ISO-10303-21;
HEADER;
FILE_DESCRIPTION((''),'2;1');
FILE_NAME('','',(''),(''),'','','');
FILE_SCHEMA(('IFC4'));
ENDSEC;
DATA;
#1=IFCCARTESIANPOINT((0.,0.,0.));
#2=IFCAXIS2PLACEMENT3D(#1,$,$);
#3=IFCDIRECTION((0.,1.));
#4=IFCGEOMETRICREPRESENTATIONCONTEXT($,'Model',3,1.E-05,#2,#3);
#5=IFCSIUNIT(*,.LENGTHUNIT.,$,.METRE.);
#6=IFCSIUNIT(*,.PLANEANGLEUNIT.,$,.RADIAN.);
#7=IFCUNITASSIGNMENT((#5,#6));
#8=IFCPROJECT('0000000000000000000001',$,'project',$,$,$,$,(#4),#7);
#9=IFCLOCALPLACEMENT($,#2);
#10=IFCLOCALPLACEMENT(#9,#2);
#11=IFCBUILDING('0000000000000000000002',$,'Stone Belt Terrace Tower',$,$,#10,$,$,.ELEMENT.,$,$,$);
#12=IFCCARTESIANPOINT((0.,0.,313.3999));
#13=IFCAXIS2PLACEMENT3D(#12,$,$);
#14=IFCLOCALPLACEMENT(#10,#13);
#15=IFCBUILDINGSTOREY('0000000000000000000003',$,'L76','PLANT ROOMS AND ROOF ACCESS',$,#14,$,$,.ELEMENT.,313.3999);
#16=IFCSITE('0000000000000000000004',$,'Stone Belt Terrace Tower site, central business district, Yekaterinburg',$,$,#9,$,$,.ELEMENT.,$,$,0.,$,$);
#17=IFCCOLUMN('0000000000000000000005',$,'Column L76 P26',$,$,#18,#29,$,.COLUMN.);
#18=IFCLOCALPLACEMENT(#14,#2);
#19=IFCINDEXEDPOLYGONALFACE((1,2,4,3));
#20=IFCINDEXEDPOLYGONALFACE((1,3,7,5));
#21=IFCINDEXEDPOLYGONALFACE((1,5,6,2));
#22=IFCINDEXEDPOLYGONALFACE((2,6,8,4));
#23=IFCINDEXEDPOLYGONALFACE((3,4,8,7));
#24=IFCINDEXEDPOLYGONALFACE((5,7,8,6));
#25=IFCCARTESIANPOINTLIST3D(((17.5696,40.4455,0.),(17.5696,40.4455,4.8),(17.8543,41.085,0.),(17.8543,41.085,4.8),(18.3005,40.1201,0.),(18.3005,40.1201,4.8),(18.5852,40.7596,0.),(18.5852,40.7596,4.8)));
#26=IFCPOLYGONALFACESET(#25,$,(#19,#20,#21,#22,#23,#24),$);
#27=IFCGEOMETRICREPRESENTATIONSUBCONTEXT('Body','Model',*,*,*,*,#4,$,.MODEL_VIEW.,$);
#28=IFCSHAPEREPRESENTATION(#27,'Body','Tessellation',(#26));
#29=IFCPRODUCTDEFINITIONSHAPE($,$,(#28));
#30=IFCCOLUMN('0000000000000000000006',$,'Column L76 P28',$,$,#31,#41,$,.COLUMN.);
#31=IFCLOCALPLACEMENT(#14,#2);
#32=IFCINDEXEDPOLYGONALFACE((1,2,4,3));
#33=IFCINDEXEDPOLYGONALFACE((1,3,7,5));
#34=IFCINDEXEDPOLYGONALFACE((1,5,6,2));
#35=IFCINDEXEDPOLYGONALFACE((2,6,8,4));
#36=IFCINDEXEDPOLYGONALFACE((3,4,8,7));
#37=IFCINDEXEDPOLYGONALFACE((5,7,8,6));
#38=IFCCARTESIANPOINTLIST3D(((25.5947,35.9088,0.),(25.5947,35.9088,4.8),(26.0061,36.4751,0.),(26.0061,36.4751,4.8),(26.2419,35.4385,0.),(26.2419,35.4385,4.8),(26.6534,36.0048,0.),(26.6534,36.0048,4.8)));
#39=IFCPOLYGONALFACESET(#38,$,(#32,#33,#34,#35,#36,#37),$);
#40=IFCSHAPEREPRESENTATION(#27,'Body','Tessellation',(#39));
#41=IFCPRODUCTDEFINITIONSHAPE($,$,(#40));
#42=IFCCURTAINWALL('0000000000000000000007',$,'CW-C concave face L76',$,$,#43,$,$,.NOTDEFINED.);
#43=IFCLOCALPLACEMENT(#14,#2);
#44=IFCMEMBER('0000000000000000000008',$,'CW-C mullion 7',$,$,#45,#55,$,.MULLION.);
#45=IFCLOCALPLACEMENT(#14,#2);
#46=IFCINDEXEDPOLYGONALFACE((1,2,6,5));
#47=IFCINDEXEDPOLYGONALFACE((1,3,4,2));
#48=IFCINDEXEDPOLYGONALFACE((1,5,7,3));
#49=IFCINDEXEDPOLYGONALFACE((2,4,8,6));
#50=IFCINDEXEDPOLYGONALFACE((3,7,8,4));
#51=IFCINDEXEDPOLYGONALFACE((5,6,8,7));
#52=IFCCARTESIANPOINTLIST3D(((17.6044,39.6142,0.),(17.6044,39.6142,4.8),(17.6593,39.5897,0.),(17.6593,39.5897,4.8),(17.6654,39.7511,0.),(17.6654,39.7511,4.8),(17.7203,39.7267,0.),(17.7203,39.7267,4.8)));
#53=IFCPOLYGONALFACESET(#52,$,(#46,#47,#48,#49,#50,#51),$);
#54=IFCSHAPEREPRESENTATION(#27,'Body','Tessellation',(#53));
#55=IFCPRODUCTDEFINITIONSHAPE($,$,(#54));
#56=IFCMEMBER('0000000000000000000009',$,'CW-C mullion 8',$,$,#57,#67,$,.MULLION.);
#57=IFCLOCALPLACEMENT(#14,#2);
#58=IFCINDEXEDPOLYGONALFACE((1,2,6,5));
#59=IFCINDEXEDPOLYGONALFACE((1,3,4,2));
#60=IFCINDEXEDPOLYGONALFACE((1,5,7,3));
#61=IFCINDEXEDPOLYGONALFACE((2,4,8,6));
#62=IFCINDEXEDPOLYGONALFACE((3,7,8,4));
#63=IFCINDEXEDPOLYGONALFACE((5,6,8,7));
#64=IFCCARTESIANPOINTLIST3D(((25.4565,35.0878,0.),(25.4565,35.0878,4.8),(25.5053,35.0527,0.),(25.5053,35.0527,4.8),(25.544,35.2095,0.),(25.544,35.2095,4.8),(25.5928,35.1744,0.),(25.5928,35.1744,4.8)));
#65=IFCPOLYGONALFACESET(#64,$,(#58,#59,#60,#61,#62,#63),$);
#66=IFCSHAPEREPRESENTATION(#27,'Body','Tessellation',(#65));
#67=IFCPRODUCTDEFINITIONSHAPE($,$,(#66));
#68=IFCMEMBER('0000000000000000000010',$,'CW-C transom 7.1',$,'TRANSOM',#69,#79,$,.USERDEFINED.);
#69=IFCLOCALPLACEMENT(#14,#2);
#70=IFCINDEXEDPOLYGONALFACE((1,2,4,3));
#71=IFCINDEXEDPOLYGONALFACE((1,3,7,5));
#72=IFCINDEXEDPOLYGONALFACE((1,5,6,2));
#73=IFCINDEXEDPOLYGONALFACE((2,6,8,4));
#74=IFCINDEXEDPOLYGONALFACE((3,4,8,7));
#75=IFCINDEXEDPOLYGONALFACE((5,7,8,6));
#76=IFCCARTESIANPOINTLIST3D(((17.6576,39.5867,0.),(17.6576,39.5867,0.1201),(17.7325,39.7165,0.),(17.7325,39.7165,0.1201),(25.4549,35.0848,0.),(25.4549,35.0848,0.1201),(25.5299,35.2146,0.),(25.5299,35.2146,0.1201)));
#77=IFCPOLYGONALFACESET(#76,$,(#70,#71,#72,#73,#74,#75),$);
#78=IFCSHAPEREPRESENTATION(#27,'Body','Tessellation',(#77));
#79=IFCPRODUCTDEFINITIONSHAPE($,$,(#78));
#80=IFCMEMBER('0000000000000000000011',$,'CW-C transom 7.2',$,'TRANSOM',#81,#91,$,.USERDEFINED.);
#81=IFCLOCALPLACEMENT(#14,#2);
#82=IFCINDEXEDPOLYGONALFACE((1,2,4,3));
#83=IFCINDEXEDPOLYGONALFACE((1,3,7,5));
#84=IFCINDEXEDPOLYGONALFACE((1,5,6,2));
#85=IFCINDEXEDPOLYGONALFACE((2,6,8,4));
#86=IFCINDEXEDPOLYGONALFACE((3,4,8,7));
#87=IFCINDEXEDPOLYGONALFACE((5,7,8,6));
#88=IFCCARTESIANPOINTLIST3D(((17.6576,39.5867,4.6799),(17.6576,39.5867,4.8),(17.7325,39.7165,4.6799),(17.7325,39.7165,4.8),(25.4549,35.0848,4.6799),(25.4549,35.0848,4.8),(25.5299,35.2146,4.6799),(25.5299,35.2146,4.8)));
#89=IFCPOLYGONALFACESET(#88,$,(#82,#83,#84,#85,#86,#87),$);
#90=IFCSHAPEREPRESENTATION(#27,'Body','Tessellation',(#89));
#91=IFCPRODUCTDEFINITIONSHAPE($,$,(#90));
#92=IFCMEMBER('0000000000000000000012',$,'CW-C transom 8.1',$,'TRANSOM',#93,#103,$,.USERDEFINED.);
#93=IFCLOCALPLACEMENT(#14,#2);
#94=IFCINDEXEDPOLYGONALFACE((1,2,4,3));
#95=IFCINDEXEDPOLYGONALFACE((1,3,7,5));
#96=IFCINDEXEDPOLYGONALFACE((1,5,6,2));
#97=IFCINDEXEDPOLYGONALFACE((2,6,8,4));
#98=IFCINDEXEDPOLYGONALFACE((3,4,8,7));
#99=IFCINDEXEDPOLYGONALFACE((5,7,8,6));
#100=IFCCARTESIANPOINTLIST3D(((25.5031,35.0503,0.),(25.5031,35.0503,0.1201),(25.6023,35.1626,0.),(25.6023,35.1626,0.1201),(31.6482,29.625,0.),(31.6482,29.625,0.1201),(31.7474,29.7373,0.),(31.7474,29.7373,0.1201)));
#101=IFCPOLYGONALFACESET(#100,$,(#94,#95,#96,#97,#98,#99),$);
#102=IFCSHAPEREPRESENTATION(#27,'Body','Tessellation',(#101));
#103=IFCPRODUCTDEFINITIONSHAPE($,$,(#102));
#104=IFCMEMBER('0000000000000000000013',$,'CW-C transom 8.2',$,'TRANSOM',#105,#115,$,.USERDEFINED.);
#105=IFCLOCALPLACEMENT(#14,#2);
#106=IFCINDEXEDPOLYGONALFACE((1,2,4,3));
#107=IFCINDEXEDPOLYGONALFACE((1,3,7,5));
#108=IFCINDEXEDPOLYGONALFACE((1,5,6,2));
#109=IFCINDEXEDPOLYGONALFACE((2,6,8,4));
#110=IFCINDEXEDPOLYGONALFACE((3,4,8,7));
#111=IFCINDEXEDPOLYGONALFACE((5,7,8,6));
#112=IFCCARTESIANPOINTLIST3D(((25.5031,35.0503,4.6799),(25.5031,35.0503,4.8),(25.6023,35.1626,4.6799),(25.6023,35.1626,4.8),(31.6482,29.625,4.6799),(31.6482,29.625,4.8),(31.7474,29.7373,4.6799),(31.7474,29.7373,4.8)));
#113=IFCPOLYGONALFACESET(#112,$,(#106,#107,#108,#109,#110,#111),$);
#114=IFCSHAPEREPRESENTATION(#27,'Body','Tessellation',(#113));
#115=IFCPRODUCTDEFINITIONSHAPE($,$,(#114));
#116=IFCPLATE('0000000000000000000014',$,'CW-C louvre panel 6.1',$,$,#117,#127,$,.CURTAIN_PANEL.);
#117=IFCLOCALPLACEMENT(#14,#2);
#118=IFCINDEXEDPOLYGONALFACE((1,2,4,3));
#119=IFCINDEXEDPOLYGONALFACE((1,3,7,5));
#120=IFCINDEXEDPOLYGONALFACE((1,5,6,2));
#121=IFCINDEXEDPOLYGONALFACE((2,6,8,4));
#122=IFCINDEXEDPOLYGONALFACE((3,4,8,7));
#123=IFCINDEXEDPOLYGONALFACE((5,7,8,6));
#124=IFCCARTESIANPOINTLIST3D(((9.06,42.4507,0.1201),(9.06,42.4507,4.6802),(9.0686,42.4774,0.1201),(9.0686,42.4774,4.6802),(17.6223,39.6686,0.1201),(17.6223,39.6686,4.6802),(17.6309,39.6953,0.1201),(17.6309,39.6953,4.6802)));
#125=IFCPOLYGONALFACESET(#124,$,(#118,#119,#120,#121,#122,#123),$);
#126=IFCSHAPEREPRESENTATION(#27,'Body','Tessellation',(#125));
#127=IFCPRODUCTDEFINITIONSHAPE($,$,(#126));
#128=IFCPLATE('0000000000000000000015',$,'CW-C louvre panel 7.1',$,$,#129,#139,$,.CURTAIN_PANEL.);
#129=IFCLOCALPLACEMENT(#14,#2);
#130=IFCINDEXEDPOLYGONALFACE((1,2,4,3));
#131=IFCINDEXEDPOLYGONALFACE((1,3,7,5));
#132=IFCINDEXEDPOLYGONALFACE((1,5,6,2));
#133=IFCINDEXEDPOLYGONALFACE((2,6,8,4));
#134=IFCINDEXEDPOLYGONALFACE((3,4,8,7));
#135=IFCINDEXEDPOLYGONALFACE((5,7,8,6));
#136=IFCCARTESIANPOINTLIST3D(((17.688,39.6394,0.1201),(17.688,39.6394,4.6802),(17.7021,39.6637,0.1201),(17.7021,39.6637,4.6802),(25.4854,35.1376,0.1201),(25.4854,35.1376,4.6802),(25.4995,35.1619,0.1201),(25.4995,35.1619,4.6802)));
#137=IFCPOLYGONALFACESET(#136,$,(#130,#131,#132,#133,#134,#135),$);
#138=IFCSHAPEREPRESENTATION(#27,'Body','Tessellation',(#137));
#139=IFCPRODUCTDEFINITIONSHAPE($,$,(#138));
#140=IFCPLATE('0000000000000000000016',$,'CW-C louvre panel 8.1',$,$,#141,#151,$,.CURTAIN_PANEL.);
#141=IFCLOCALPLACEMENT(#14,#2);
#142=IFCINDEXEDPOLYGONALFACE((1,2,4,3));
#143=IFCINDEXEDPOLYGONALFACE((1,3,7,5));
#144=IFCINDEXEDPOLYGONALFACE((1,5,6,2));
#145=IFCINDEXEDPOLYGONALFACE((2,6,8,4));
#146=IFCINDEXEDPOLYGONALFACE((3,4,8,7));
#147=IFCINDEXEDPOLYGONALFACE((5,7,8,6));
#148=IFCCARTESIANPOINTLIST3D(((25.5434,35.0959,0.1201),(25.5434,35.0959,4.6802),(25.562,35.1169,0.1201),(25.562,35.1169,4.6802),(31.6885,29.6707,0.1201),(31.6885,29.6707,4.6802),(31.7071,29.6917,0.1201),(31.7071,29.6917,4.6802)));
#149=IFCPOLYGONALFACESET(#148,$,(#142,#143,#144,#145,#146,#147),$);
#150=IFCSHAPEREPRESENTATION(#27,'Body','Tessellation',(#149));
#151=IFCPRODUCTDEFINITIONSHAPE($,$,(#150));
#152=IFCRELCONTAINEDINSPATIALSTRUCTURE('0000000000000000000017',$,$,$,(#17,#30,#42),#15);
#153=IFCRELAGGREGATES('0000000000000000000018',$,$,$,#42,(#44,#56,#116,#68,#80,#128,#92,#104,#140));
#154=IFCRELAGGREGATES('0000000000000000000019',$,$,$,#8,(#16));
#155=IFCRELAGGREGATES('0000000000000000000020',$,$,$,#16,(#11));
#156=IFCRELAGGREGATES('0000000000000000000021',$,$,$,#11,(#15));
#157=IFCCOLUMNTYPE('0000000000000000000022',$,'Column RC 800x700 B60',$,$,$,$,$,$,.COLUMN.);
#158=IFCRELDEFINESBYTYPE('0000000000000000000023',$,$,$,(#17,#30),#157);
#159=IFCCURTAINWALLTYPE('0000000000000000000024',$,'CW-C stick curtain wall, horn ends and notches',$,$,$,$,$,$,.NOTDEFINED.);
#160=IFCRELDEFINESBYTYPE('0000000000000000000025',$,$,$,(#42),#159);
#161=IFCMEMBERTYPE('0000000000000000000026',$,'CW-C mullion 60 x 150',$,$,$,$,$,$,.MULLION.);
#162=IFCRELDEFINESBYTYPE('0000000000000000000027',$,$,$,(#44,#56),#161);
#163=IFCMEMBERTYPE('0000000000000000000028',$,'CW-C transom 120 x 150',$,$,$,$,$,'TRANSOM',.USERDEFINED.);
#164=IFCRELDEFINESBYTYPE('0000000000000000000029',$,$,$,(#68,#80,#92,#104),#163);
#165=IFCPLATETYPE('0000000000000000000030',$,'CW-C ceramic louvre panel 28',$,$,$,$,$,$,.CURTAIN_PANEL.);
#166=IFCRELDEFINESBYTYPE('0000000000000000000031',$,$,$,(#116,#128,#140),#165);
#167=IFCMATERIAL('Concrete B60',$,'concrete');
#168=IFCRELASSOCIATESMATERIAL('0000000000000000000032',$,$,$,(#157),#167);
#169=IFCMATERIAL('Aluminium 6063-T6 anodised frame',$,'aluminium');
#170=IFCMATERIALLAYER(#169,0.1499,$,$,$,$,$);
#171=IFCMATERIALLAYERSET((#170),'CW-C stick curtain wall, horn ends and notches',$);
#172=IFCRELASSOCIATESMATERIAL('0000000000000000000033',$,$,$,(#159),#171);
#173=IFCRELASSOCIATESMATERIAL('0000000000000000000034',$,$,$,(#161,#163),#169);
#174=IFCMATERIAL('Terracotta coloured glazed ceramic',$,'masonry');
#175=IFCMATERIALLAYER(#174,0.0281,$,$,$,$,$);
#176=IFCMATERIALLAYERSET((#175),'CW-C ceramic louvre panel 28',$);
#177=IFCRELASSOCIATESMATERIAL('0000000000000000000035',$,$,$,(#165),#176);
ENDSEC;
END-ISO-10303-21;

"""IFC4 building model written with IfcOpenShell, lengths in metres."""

from ifc_helpers import new_model, si_unit, direction, frame, origin, origin_2d, place, context, subcontext, project, spatial, rectangle, extrude, material, layer, layer_set, material_profile, profile_set, type_object, element, aggregate, save


model = new_model("IFC4")

# Units and contexts
model_context = context("Model", 3, precision=1e-05, world=origin(), true_north=direction((0.0, 1.0)))
body_context = subcontext(model_context, "Body", "Model", "MODEL_VIEW")
ifc_project = project(units=[si_unit("LENGTHUNIT", "METRE"), si_unit("PLANEANGLEUNIT", "RADIAN")], contexts=[model_context])

# Site, building, storey
site_placement = place(None, origin())
site = spatial("IfcSite", under=ifc_project, at=site_placement, Name="Stone Belt Terrace Tower site, central business district, Yekaterinburg", CompositionType="ELEMENT", RefElevation=0.0)
building_placement = place(site_placement, origin())
building = spatial("IfcBuilding", under=site, at=building_placement, Name="Stone Belt Terrace Tower", CompositionType="ELEMENT")
storey_placement = place(building_placement, frame((0.0, 0.0, 313.3999)))
storey = spatial("IfcBuildingStorey", under=building, at=storey_placement, Name="L76", Description="PLANT ROOMS AND ROOF ACCESS", CompositionType="ELEMENT", Elevation=313.3999)

# Columns
ifc_material_1 = material(Name="Concrete B60", Category="concrete")
ifc_material_profile_1 = material_profile(ifc_material_1, rectangle(XDim=0.8, YDim=0.7, at=origin_2d()), Name="RC 800x700")
ifc_profile_set_1 = profile_set([ifc_material_profile_1], Name="Concrete B60")
column_type = type_object("IfcColumnType", Name="Column RC 800x700 B60", PredefinedType="COLUMN", material=ifc_profile_set_1)
for number, where, z_axis, x_axis, name in (
    (1, (18.0774, 40.6025, 0.0), (0.0, 0.0, 1.0), (0.913545, -0.406737, 0.0), "Column L76 P26"),
    (2, (26.124, 35.9568, 0.0), (0.0, 0.0, 1.0), (0.809017, -0.587785, 0.0), "Column L76 P28"),
):
    element("IfcColumn", number, at=place(storey_placement, frame(where, z_axis=z_axis, x_axis=x_axis)), inside=storey, type_object=column_type, Name=name, PredefinedType="COLUMN", context=body_context, shape_type="SweptSolid", body=[
        extrude(rectangle(XDim=0.8, YDim=0.7, at=origin_2d()), origin(), (0.0, 0.0, 1.0), 4.8),
    ])

# Curtain wall, members, plates
ifc_material_2 = material(Name="Aluminium 6063-T6 anodised frame", Category="aluminium")
ifc_layer_1 = layer(ifc_material_2, 0.1499)
ifc_layer_set_1 = layer_set([ifc_layer_1], Name="CW-C stick curtain wall, horn ends and notches")
curtain_wall_type = type_object("IfcCurtainWallType", Name="CW-C stick curtain wall, horn ends and notches", PredefinedType="NOTDEFINED", material=ifc_layer_set_1)
curtain_wall_placement = place(storey_placement, origin())
curtain_wall = element("IfcCurtainWall", 3, at=curtain_wall_placement, inside=storey, type_object=curtain_wall_type, Name="CW-C concave face L76", PredefinedType="NOTDEFINED")
ifc_material_profile_2 = material_profile(ifc_material_2, rectangle(XDim=0.1499, YDim=0.0601, at=origin_2d()), Name="Aluminium 6063-T6 60x150")
ifc_profile_set_2 = profile_set([ifc_material_profile_2], Name="Aluminium 6063-T6 anodised frame")
member_type_1 = type_object("IfcMemberType", Name="CW-C mullion 60 x 150", PredefinedType="MULLION", material=ifc_profile_set_2)
member_1_placement = place(storey_placement, frame((17.6624, 39.6704, 0.0), z_axis=(0.0, 0.0, 1.0), x_axis=(0.406737, 0.913545, 0.0)))
member_1 = element("IfcMember", 4, at=member_1_placement, type_object=member_type_1, Name="CW-C mullion 7", PredefinedType="MULLION", context=body_context, shape_type="SweptSolid", body=[
    extrude(rectangle(XDim=0.1499, YDim=0.0601, at=origin_2d()), origin(), (0.0, 0.0, 1.0), 4.8),
])
member_2_placement = place(storey_placement, frame((25.5247, 35.1311, 0.0), z_axis=(0.0, 0.0, 1.0), x_axis=(0.583819, 0.811884, 0.0)))
member_2 = element("IfcMember", 5, at=member_2_placement, type_object=member_type_1, Name="CW-C mullion 8", PredefinedType="MULLION", context=body_context, shape_type="SweptSolid", body=[
    extrude(rectangle(XDim=0.1499, YDim=0.0601, at=origin_2d()), origin(), (0.0, 0.0, 1.0), 4.8),
])
ifc_material_profile_3 = material_profile(ifc_material_2, rectangle(XDim=0.1499, YDim=0.1201, at=origin_2d()), Name="Aluminium 6063-T6 150x120")
ifc_profile_set_3 = profile_set([ifc_material_profile_3], Name="Aluminium 6063-T6 anodised frame")
member_type_2 = type_object("IfcMemberType", Name="CW-C transom 120 x 150", ElementType="TRANSOM", PredefinedType="USERDEFINED", material=ifc_profile_set_3)
member_3_placement = place(storey_placement, frame((17.6951, 39.6516, 0.0601), z_axis=(0.866019, -0.500012, 0.0), x_axis=(0.500012, 0.866019, 0.0)))
member_3 = element("IfcMember", 6, at=member_3_placement, type_object=member_type_2, Name="CW-C transom 7.1", ObjectType="TRANSOM", PredefinedType="USERDEFINED", context=body_context, shape_type="SweptSolid", body=[
    extrude(rectangle(XDim=0.1499, YDim=0.1201, at=origin_2d()), origin(), (0.0, 0.0, 1.0), 9.0037),
])
member_4_placement = place(storey_placement, frame((17.6951, 39.6516, 4.74), z_axis=(0.866019, -0.500012, 0.0), x_axis=(0.500012, 0.866019, 0.0)))
member_4 = element("IfcMember", 7, at=member_4_placement, type_object=member_type_2, Name="CW-C transom 7.2", ObjectType="TRANSOM", PredefinedType="USERDEFINED", context=body_context, shape_type="SweptSolid", body=[
    extrude(rectangle(XDim=0.1499, YDim=0.1201, at=origin_2d()), origin(), (0.0, 0.0, 1.0), 9.0037),
])
member_5_placement = place(storey_placement, frame((25.5527, 35.1064, 0.0601), z_axis=(0.749643, -0.661842, 0.0), x_axis=(0.661842, 0.749643, 0.0)))
member_5 = element("IfcMember", 8, at=member_5_placement, type_object=member_type_2, Name="CW-C transom 8.1", ObjectType="TRANSOM", PredefinedType="USERDEFINED", context=body_context, shape_type="SweptSolid", body=[
    extrude(rectangle(XDim=0.1499, YDim=0.1201, at=origin_2d()), origin(), (0.0, 0.0, 1.0), 8.1973),
])
member_6_placement = place(storey_placement, frame((25.5527, 35.1064, 4.74), z_axis=(0.749643, -0.661842, 0.0), x_axis=(0.661842, 0.749643, 0.0)))
member_6 = element("IfcMember", 9, at=member_6_placement, type_object=member_type_2, Name="CW-C transom 8.2", ObjectType="TRANSOM", PredefinedType="USERDEFINED", context=body_context, shape_type="SweptSolid", body=[
    extrude(rectangle(XDim=0.1499, YDim=0.1201, at=origin_2d()), origin(), (0.0, 0.0, 1.0), 8.1973),
])
ifc_material_3 = material(Name="Terracotta coloured glazed ceramic", Category="masonry")
ifc_layer_2 = layer(ifc_material_3, 0.0281)
ifc_layer_set_2 = layer_set([ifc_layer_2], Name="CW-C ceramic louvre panel 28")
plate_type = type_object("IfcPlateType", Name="CW-C ceramic louvre panel 28", PredefinedType="CURTAIN_PANEL", material=ifc_layer_set_2)
plate_1_placement = place(storey_placement, frame((13.3455, 41.073, 0.1201), z_axis=(0.0, 0.0, 1.0), x_axis=(0.951057, -0.309017, 0.0)))
plate_1 = element("IfcPlate", 10, at=plate_1_placement, type_object=plate_type, Name="CW-C louvre panel 6.1", PredefinedType="CURTAIN_PANEL", context=body_context, shape_type="SweptSolid", body=[
    extrude(rectangle(XDim=9.0029, YDim=0.0281, at=origin_2d()), origin(), (0.0, 0.0, 1.0), 4.5601),
])
plate_2_placement = place(storey_placement, frame((21.5938, 37.4006, 0.1201), z_axis=(0.0, 0.0, 1.0), x_axis=(0.866025, -0.5, 0.0)))
plate_2 = element("IfcPlate", 11, at=plate_2_placement, type_object=plate_type, Name="CW-C louvre panel 7.1", PredefinedType="CURTAIN_PANEL", context=body_context, shape_type="SweptSolid", body=[
    extrude(rectangle(XDim=9.0037, YDim=0.0281, at=origin_2d()), origin(), (0.0, 0.0, 1.0), 4.5601),
])
plate_3_placement = place(storey_placement, frame((28.6252, 32.3938, 0.1201), z_axis=(0.0, 0.0, 1.0), x_axis=(0.749659, -0.661825, 0.0)))
plate_3 = element("IfcPlate", 12, at=plate_3_placement, type_object=plate_type, Name="CW-C louvre panel 8.1", PredefinedType="CURTAIN_PANEL", context=body_context, shape_type="SweptSolid", body=[
    extrude(rectangle(XDim=8.1973, YDim=0.0281, at=origin_2d()), origin(), (0.0, 0.0, 1.0), 4.5601),
])
aggregate(curtain_wall, [member_1, member_2, plate_1, member_3, member_4, plate_2, member_5, member_6, plate_3])

save(model, "model.ifc")
